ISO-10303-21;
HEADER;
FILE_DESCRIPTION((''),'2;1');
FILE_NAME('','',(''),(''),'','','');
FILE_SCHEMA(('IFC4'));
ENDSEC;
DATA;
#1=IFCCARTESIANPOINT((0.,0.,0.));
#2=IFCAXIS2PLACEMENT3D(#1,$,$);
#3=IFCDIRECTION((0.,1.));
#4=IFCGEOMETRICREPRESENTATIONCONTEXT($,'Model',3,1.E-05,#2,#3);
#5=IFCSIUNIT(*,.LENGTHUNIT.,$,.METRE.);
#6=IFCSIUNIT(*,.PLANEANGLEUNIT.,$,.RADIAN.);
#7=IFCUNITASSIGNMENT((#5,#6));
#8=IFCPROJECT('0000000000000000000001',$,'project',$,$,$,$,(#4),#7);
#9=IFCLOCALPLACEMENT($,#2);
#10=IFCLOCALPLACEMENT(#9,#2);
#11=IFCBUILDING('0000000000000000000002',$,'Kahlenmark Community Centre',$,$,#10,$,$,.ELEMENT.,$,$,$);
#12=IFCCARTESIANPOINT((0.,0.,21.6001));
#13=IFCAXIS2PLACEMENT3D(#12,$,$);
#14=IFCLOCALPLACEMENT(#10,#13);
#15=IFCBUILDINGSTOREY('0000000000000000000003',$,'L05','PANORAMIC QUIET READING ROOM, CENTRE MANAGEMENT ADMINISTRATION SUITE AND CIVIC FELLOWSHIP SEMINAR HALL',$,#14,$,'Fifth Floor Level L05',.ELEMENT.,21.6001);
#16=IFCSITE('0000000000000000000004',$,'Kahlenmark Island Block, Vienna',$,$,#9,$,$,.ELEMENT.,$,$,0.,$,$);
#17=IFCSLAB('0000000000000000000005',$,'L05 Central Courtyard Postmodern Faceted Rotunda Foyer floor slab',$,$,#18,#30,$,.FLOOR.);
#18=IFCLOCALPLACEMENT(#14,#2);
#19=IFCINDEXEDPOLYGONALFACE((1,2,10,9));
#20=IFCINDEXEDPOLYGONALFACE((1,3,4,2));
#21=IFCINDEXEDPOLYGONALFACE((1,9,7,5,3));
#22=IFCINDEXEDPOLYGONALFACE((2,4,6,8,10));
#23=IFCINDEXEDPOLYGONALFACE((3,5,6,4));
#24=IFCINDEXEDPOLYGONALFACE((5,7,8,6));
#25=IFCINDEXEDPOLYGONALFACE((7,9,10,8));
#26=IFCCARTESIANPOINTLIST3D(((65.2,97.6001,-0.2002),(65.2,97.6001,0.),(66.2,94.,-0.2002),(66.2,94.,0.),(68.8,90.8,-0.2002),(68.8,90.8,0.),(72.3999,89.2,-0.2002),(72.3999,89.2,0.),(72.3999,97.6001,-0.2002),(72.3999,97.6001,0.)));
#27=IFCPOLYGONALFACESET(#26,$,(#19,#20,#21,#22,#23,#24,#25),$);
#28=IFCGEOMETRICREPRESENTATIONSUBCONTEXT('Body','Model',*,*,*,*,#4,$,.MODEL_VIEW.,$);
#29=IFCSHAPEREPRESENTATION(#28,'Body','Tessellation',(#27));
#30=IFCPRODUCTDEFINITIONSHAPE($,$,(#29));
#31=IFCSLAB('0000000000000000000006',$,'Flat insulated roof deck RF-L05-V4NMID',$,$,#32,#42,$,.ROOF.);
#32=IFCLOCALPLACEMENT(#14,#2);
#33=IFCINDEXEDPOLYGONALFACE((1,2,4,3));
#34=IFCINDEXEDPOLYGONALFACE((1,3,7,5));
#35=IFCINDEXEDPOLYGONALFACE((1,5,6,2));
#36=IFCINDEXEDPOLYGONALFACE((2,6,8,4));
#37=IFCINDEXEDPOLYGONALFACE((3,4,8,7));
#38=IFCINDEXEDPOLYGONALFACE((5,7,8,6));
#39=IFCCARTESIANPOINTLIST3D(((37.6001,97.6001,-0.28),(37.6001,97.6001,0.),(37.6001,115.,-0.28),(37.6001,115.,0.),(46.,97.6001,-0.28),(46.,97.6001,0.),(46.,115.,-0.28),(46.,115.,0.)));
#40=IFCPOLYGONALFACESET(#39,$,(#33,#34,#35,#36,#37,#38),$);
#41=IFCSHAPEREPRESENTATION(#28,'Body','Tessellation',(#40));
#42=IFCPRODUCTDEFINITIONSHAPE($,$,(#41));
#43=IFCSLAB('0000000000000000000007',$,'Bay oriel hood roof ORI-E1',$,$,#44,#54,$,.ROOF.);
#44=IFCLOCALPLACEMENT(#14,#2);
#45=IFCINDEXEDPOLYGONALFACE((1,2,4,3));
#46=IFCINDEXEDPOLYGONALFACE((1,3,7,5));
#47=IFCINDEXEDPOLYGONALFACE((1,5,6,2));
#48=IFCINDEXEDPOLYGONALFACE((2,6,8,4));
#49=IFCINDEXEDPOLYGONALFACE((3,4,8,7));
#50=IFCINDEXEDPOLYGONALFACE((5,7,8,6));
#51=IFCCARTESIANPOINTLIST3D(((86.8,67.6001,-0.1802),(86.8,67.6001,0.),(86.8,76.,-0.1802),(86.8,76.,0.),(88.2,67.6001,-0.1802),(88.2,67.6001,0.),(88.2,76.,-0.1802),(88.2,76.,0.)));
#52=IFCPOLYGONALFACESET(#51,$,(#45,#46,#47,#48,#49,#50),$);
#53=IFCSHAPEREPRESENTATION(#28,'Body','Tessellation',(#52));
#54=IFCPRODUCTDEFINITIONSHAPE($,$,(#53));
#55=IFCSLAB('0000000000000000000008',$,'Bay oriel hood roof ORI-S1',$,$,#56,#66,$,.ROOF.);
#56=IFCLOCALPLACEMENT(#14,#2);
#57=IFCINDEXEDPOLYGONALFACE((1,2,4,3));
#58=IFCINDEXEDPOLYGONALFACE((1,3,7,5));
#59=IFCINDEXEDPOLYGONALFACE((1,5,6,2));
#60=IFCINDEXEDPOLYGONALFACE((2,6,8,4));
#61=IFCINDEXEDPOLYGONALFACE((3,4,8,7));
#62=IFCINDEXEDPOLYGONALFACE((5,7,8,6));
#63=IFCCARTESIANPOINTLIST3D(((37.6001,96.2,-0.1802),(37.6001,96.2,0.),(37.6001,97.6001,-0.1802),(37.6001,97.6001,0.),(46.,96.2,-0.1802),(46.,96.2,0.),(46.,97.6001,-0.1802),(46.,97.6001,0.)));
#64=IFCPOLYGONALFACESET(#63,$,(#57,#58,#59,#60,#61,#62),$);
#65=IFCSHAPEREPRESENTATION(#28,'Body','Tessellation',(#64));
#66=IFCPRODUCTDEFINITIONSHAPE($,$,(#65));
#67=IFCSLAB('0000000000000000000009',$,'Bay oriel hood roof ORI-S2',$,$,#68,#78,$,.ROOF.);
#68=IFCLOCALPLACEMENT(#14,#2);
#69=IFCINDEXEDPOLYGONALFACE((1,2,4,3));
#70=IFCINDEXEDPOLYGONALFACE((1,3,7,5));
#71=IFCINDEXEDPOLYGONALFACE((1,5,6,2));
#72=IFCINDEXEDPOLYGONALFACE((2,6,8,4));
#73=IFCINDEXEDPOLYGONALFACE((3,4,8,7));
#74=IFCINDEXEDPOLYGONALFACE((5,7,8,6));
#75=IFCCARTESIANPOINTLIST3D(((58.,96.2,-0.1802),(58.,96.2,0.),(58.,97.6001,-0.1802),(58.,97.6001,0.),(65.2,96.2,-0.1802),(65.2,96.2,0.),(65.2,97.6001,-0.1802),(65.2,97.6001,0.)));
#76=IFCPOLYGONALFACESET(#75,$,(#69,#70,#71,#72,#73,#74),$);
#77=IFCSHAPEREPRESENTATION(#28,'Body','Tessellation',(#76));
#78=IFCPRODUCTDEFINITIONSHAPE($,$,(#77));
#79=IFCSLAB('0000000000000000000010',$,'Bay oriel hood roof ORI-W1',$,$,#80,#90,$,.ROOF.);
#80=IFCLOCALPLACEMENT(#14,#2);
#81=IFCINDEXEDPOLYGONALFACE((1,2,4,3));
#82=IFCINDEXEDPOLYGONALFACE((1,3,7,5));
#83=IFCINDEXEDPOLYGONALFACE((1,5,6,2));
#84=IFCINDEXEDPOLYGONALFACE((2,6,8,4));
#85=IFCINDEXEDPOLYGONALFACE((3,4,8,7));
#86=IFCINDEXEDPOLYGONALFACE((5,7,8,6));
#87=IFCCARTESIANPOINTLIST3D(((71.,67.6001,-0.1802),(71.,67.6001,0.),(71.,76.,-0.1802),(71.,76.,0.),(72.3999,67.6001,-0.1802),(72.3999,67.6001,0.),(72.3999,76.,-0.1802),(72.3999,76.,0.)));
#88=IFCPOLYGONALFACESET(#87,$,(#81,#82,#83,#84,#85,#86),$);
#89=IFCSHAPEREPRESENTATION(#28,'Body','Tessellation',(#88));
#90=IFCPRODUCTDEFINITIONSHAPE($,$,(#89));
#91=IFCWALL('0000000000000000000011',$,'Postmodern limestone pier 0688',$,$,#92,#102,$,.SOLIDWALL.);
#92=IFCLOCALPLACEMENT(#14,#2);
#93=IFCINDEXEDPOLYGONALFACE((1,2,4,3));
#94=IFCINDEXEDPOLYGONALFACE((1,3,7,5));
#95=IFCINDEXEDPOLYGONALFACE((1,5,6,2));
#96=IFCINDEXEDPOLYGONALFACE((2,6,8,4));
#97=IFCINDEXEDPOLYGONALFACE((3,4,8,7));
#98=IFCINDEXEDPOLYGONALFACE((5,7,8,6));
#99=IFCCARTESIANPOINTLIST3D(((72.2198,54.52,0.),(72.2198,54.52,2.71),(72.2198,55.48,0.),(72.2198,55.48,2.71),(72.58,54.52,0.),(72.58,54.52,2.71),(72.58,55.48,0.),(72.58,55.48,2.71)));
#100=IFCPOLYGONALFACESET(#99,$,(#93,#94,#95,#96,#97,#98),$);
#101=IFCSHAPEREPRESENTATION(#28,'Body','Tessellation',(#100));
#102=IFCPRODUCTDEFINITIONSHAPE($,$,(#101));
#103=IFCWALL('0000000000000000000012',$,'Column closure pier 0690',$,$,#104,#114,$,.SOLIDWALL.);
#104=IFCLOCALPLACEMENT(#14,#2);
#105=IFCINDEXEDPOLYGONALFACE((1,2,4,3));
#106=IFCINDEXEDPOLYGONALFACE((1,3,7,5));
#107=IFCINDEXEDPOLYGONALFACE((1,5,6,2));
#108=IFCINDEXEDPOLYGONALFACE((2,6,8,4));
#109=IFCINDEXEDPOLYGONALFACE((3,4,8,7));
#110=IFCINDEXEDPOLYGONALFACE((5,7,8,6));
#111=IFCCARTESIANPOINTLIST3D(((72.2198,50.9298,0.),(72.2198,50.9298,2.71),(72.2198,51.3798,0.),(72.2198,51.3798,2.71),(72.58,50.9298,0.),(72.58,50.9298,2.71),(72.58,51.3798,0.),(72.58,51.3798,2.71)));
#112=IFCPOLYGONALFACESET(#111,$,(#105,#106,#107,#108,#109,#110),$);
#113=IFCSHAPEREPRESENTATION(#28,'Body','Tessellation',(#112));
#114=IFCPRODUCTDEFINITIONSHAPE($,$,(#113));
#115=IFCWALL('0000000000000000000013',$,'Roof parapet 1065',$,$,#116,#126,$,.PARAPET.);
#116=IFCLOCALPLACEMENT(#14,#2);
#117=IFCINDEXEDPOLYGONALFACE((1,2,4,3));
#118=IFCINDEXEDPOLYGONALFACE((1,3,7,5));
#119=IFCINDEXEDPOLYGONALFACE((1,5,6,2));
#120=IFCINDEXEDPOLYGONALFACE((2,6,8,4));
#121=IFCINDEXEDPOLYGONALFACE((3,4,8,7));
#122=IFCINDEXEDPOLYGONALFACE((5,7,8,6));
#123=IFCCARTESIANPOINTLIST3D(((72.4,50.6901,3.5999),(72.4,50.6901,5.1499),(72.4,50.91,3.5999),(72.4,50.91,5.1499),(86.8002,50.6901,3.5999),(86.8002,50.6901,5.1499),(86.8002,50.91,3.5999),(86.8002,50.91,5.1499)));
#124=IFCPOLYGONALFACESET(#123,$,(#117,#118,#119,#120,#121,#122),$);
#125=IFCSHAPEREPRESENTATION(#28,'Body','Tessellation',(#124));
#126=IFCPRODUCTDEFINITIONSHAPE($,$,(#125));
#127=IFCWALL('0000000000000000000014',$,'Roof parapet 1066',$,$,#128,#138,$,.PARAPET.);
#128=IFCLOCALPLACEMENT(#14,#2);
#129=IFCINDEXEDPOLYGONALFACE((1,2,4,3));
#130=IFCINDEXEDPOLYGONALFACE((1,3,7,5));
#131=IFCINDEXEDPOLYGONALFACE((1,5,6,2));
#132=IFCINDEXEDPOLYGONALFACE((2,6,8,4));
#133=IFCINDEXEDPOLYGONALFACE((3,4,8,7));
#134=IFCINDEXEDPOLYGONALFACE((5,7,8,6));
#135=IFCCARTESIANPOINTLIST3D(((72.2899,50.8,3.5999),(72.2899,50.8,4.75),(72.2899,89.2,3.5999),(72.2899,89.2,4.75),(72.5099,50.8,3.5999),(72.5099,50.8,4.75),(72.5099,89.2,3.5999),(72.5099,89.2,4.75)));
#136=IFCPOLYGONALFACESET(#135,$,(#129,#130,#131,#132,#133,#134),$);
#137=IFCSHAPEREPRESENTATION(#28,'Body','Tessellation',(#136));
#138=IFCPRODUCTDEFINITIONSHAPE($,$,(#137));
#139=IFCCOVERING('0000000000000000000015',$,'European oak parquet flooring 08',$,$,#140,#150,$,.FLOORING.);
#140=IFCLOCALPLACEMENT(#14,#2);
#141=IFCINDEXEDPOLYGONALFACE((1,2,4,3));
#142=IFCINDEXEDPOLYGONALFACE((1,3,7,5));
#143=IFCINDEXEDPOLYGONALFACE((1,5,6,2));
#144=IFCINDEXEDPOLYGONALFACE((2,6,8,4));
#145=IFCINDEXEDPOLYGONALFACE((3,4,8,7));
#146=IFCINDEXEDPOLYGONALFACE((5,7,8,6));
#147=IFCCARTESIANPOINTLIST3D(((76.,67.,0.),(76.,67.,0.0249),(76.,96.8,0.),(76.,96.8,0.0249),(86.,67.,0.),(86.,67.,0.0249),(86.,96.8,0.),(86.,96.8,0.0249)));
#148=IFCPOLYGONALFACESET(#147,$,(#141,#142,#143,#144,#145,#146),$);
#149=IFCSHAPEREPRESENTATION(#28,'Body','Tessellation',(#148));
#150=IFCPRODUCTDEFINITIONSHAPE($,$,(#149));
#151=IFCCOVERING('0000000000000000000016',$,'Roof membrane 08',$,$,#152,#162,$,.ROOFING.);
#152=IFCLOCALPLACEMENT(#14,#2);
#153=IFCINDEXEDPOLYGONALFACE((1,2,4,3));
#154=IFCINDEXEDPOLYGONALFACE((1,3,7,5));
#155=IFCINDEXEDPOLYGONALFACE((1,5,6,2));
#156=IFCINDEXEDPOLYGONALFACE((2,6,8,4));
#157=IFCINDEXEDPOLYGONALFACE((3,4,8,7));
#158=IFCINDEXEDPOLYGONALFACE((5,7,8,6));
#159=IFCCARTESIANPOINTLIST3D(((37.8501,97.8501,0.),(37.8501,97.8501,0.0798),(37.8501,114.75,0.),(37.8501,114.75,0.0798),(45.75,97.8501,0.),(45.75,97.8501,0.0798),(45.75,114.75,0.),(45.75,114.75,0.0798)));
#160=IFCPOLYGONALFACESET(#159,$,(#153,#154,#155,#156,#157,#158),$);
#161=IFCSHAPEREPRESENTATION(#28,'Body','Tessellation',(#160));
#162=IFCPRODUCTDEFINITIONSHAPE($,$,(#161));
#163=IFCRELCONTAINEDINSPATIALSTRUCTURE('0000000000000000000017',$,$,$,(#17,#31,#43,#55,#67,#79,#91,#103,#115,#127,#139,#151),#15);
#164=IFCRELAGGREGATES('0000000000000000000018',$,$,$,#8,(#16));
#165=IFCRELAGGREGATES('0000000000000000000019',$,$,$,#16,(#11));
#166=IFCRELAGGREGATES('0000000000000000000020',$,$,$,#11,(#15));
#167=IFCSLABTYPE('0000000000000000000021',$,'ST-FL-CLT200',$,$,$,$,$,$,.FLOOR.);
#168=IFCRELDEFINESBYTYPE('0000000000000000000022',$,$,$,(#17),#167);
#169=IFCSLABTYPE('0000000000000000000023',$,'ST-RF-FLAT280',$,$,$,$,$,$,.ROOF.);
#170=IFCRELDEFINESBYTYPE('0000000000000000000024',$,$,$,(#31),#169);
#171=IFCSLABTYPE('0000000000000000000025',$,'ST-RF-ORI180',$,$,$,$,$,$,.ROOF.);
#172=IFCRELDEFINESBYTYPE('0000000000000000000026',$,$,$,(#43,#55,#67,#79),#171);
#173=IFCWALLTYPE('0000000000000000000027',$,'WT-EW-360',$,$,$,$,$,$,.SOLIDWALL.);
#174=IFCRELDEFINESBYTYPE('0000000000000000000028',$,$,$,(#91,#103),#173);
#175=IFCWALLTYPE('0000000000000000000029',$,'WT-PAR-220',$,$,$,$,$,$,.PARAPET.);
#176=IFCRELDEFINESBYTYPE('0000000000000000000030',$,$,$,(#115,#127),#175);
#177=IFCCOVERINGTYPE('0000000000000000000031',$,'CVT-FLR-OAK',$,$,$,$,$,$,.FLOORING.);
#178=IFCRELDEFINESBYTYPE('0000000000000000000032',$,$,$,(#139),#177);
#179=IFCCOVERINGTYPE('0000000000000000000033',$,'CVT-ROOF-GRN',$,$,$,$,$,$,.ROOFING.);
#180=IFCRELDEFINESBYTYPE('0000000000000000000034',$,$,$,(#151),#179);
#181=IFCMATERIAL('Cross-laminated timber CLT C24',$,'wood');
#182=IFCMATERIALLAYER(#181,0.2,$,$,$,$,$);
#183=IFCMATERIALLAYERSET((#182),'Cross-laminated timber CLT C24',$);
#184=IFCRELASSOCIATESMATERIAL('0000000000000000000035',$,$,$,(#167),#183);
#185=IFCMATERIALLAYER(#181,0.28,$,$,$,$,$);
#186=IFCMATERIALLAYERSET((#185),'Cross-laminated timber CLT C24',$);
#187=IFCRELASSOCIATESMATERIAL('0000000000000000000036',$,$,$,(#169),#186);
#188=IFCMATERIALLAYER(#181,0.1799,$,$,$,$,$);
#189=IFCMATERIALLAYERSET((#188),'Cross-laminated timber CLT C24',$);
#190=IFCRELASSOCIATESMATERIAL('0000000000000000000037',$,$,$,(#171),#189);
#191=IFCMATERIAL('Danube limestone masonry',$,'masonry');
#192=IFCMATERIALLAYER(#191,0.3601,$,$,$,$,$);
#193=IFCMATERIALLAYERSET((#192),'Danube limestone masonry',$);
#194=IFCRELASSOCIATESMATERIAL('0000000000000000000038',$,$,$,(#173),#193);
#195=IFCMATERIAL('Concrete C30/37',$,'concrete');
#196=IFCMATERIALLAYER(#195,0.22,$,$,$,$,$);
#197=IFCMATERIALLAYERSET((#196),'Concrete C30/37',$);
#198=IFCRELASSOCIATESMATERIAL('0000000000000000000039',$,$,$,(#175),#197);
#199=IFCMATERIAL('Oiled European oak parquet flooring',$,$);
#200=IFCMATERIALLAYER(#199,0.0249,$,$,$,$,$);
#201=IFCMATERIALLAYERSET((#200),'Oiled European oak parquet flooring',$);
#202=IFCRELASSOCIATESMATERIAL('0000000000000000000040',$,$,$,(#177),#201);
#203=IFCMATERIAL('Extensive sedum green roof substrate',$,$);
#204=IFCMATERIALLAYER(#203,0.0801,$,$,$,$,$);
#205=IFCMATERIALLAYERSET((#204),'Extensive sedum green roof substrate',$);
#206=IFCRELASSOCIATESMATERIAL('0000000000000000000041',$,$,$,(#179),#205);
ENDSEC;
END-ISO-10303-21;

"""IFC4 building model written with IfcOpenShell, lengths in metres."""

from ifc_helpers import new_model, si_unit, direction, frame, frame_2d, origin, place, context, subcontext, project, spatial, polyline, rectangle, outline, extrude, material, layer, layer_set, type_object, element, save


model = new_model("IFC4")

# Units and contexts
model_context = context("Model", 3, precision=1e-05, world=origin(), true_north=direction((0.0, 1.0)))
body_context = subcontext(model_context, "Body", "Model", "MODEL_VIEW")
ifc_project = project(units=[si_unit("LENGTHUNIT", "METRE"), si_unit("PLANEANGLEUNIT", "RADIAN")], contexts=[model_context])

# Site, building, storey
site_placement = place(None, origin())
site = spatial("IfcSite", under=ifc_project, at=site_placement, Name="Kahlenmark Island Block, Vienna", CompositionType="ELEMENT", RefElevation=0.0)
building_placement = place(site_placement, origin())
building = spatial("IfcBuilding", under=site, at=building_placement, Name="Kahlenmark Community Centre", CompositionType="ELEMENT")
storey_placement = place(building_placement, frame((0.0, 0.0, 21.6001)))
storey = spatial("IfcBuildingStorey", under=building, at=storey_placement, Name="L05", Description="PANORAMIC QUIET READING ROOM, CENTRE MANAGEMENT ADMINISTRATION SUITE AND CIVIC FELLOWSHIP SEMINAR HALL", LongName="Fifth Floor Level L05", CompositionType="ELEMENT", Elevation=21.6001)

# Slabs
ifc_material_1 = material(Name="Cross-laminated timber CLT C24", Category="wood")
ifc_layer_1 = layer(ifc_material_1, 0.2)
ifc_layer_set_1 = layer_set([ifc_layer_1], Name="Cross-laminated timber CLT C24")
slab_type_1 = type_object("IfcSlabType", Name="ST-FL-CLT200", PredefinedType="FLOOR", material=ifc_layer_set_1)
slab_1_placement = place(storey_placement, frame((0.0, 0.0, -0.2002)))
element("IfcSlab", 1, at=slab_1_placement, inside=storey, type_object=slab_type_1, Name="L05 Central Courtyard Postmodern Faceted Rotunda Foyer floor slab", PredefinedType="FLOOR", context=body_context, shape_type="SweptSolid", body=[
    extrude(outline(polyline([(65.2, 97.6001), (66.2, 94.0), (68.8, 90.8), (72.3999, 89.2), (72.3999, 97.6001), (65.2, 97.6001)])), origin(), (0.0, 0.0, 1.0), 0.2002),
])
ifc_layer_2 = layer(ifc_material_1, 0.28)
ifc_layer_set_2 = layer_set([ifc_layer_2], Name="Cross-laminated timber CLT C24")
slab_type_2 = type_object("IfcSlabType", Name="ST-RF-FLAT280", PredefinedType="ROOF", material=ifc_layer_set_2)
slab_2_placement = place(storey_placement, frame((0.0, 0.0, -0.28)))
element("IfcSlab", 2, at=slab_2_placement, inside=storey, type_object=slab_type_2, Name="Flat insulated roof deck RF-L05-V4NMID", PredefinedType="ROOF", context=body_context, shape_type="SweptSolid", body=[
    extrude(outline(polyline([(37.6001, 97.6001), (46.0, 97.6001), (46.0, 115.0), (37.6001, 115.0), (37.6001, 97.6001)])), origin(), (0.0, 0.0, 1.0), 0.28),
])
ifc_layer_3 = layer(ifc_material_1, 0.1799)
ifc_layer_set_3 = layer_set([ifc_layer_3], Name="Cross-laminated timber CLT C24")
slab_type_3 = type_object("IfcSlabType", Name="ST-RF-ORI180", PredefinedType="ROOF", material=ifc_layer_set_3)
slab_3_placement = place(storey_placement, frame((0.0, 0.0, -0.1802)))
element("IfcSlab", 3, at=slab_3_placement, inside=storey, type_object=slab_type_3, Name="Bay oriel hood roof ORI-E1", PredefinedType="ROOF", context=body_context, shape_type="SweptSolid", body=[
    extrude(outline(polyline([(86.8, 67.6001), (88.2, 67.6001), (88.2, 76.0), (86.8, 76.0), (86.8, 67.6001)])), origin(), (0.0, 0.0, 1.0), 0.1802),
])
slab_4_placement = place(storey_placement, frame((0.0, 0.0, -0.1802)))
element("IfcSlab", 4, at=slab_4_placement, inside=storey, type_object=slab_type_3, Name="Bay oriel hood roof ORI-S1", PredefinedType="ROOF", context=body_context, shape_type="SweptSolid", body=[
    extrude(outline(polyline([(37.6001, 96.2), (46.0, 96.2), (46.0, 97.6001), (37.6001, 97.6001), (37.6001, 96.2)])), origin(), (0.0, 0.0, 1.0), 0.1802),
])
slab_5_placement = place(storey_placement, frame((0.0, 0.0, -0.1802)))
element("IfcSlab", 5, at=slab_5_placement, inside=storey, type_object=slab_type_3, Name="Bay oriel hood roof ORI-S2", PredefinedType="ROOF", context=body_context, shape_type="SweptSolid", body=[
    extrude(outline(polyline([(58.0, 96.2), (65.2, 96.2), (65.2, 97.6001), (58.0, 97.6001), (58.0, 96.2)])), origin(), (0.0, 0.0, 1.0), 0.1802),
])
slab_6_placement = place(storey_placement, frame((0.0, 0.0, -0.1802)))
element("IfcSlab", 6, at=slab_6_placement, inside=storey, type_object=slab_type_3, Name="Bay oriel hood roof ORI-W1", PredefinedType="ROOF", context=body_context, shape_type="SweptSolid", body=[
    extrude(outline(polyline([(71.0, 67.6001), (72.3999, 67.6001), (72.3999, 76.0), (71.0, 76.0), (71.0, 67.6001)])), origin(), (0.0, 0.0, 1.0), 0.1802),
])

# Walls
ifc_material_2 = material(Name="Danube limestone masonry", Category="masonry")
ifc_layer_4 = layer(ifc_material_2, 0.3601)
ifc_layer_set_4 = layer_set([ifc_layer_4], Name="Danube limestone masonry")
wall_type_1 = type_object("IfcWallType", Name="WT-EW-360", PredefinedType="SOLIDWALL", material=ifc_layer_set_4)
wall_1_placement = place(storey_placement, frame((72.3999, 55.48, 0.0), z_axis=(0.0, 0.0, 1.0), x_axis=(0.0, -1.0, 0.0)))
element("IfcWall", 7, at=wall_1_placement, inside=storey, type_object=wall_type_1, Name="Postmodern limestone pier 0688", PredefinedType="SOLIDWALL", context=body_context, shape_type="SweptSolid", body=[
    extrude(rectangle(XDim=0.96, YDim=0.3601, at=frame_2d((0.48, 0.0))), origin(), (0.0, 0.0, 1.0), 2.71),
])
wall_2_placement = place(storey_placement, frame((72.3999, 51.3799, 0.0), z_axis=(0.0, 0.0, 1.0), x_axis=(0.0, -1.0, 0.0)))
element("IfcWall", 8, at=wall_2_placement, inside=storey, type_object=wall_type_1, Name="Column closure pier 0690", PredefinedType="SOLIDWALL", context=body_context, shape_type="SweptSolid", body=[
    extrude(rectangle(XDim=0.45, YDim=0.3601, at=frame_2d((0.2251, 0.0))), origin(), (0.0, 0.0, 1.0), 2.71),
])
ifc_material_3 = material(Name="Concrete C30/37", Category="concrete")
ifc_layer_5 = layer(ifc_material_3, 0.22)
ifc_layer_set_5 = layer_set([ifc_layer_5], Name="Concrete C30/37")
wall_type_2 = type_object("IfcWallType", Name="WT-PAR-220", PredefinedType="PARAPET", material=ifc_layer_set_5)
wall_3_placement = place(storey_placement, frame((72.3999, 50.8, 3.5999), z_axis=(0.0, 0.0, 1.0), x_axis=(1.0, 0.0, 0.0)))
element("IfcWall", 9, at=wall_3_placement, inside=storey, type_object=wall_type_2, Name="Roof parapet 1065", PredefinedType="PARAPET", context=body_context, shape_type="SweptSolid", body=[
    extrude(rectangle(XDim=14.4001, YDim=0.22, at=frame_2d((7.2002, 0.0))), origin(), (0.0, 0.0, 1.0), 1.55),
])
wall_4_placement = place(storey_placement, frame((72.3999, 50.8, 3.5999), z_axis=(0.0, 0.0, 1.0), x_axis=(0.0, 1.0, 0.0)))
element("IfcWall", 10, at=wall_4_placement, inside=storey, type_object=wall_type_2, Name="Roof parapet 1066", PredefinedType="PARAPET", context=body_context, shape_type="SweptSolid", body=[
    extrude(rectangle(XDim=38.3999, YDim=0.22, at=frame_2d((19.2, 0.0))), origin(), (0.0, 0.0, 1.0), 1.1501),
])

# Coverings
ifc_material_4 = material(Name="Oiled European oak parquet flooring")
ifc_layer_6 = layer(ifc_material_4, 0.0249)
ifc_layer_set_6 = layer_set([ifc_layer_6], Name="Oiled European oak parquet flooring")
covering_type_1 = type_object("IfcCoveringType", Name="CVT-FLR-OAK", PredefinedType="FLOORING", material=ifc_layer_set_6)
covering_1_placement = place(storey_placement, origin())
element("IfcCovering", 11, at=covering_1_placement, inside=storey, type_object=covering_type_1, Name="European oak parquet flooring 08", PredefinedType="FLOORING", context=body_context, shape_type="SweptSolid", body=[
    extrude(outline(polyline([(76.0, 67.0), (86.0, 67.0), (86.0, 96.8), (76.0, 96.8), (76.0, 67.0)])), origin(), (0.0, 0.0, 1.0), 0.0249),
])
ifc_material_5 = material(Name="Extensive sedum green roof substrate")
ifc_layer_7 = layer(ifc_material_5, 0.0801)
ifc_layer_set_7 = layer_set([ifc_layer_7], Name="Extensive sedum green roof substrate")
covering_type_2 = type_object("IfcCoveringType", Name="CVT-ROOF-GRN", PredefinedType="ROOFING", material=ifc_layer_set_7)
covering_2_placement = place(storey_placement, origin())
element("IfcCovering", 12, at=covering_2_placement, inside=storey, type_object=covering_type_2, Name="Roof membrane 08", PredefinedType="ROOFING", context=body_context, shape_type="SweptSolid", body=[
    extrude(outline(polyline([(37.8501, 97.8501), (45.75, 97.8501), (45.75, 114.75), (37.8501, 114.75), (37.8501, 97.8501)])), origin(), (0.0, 0.0, 1.0), 0.0798),
])

save(model, "model.ifc")
